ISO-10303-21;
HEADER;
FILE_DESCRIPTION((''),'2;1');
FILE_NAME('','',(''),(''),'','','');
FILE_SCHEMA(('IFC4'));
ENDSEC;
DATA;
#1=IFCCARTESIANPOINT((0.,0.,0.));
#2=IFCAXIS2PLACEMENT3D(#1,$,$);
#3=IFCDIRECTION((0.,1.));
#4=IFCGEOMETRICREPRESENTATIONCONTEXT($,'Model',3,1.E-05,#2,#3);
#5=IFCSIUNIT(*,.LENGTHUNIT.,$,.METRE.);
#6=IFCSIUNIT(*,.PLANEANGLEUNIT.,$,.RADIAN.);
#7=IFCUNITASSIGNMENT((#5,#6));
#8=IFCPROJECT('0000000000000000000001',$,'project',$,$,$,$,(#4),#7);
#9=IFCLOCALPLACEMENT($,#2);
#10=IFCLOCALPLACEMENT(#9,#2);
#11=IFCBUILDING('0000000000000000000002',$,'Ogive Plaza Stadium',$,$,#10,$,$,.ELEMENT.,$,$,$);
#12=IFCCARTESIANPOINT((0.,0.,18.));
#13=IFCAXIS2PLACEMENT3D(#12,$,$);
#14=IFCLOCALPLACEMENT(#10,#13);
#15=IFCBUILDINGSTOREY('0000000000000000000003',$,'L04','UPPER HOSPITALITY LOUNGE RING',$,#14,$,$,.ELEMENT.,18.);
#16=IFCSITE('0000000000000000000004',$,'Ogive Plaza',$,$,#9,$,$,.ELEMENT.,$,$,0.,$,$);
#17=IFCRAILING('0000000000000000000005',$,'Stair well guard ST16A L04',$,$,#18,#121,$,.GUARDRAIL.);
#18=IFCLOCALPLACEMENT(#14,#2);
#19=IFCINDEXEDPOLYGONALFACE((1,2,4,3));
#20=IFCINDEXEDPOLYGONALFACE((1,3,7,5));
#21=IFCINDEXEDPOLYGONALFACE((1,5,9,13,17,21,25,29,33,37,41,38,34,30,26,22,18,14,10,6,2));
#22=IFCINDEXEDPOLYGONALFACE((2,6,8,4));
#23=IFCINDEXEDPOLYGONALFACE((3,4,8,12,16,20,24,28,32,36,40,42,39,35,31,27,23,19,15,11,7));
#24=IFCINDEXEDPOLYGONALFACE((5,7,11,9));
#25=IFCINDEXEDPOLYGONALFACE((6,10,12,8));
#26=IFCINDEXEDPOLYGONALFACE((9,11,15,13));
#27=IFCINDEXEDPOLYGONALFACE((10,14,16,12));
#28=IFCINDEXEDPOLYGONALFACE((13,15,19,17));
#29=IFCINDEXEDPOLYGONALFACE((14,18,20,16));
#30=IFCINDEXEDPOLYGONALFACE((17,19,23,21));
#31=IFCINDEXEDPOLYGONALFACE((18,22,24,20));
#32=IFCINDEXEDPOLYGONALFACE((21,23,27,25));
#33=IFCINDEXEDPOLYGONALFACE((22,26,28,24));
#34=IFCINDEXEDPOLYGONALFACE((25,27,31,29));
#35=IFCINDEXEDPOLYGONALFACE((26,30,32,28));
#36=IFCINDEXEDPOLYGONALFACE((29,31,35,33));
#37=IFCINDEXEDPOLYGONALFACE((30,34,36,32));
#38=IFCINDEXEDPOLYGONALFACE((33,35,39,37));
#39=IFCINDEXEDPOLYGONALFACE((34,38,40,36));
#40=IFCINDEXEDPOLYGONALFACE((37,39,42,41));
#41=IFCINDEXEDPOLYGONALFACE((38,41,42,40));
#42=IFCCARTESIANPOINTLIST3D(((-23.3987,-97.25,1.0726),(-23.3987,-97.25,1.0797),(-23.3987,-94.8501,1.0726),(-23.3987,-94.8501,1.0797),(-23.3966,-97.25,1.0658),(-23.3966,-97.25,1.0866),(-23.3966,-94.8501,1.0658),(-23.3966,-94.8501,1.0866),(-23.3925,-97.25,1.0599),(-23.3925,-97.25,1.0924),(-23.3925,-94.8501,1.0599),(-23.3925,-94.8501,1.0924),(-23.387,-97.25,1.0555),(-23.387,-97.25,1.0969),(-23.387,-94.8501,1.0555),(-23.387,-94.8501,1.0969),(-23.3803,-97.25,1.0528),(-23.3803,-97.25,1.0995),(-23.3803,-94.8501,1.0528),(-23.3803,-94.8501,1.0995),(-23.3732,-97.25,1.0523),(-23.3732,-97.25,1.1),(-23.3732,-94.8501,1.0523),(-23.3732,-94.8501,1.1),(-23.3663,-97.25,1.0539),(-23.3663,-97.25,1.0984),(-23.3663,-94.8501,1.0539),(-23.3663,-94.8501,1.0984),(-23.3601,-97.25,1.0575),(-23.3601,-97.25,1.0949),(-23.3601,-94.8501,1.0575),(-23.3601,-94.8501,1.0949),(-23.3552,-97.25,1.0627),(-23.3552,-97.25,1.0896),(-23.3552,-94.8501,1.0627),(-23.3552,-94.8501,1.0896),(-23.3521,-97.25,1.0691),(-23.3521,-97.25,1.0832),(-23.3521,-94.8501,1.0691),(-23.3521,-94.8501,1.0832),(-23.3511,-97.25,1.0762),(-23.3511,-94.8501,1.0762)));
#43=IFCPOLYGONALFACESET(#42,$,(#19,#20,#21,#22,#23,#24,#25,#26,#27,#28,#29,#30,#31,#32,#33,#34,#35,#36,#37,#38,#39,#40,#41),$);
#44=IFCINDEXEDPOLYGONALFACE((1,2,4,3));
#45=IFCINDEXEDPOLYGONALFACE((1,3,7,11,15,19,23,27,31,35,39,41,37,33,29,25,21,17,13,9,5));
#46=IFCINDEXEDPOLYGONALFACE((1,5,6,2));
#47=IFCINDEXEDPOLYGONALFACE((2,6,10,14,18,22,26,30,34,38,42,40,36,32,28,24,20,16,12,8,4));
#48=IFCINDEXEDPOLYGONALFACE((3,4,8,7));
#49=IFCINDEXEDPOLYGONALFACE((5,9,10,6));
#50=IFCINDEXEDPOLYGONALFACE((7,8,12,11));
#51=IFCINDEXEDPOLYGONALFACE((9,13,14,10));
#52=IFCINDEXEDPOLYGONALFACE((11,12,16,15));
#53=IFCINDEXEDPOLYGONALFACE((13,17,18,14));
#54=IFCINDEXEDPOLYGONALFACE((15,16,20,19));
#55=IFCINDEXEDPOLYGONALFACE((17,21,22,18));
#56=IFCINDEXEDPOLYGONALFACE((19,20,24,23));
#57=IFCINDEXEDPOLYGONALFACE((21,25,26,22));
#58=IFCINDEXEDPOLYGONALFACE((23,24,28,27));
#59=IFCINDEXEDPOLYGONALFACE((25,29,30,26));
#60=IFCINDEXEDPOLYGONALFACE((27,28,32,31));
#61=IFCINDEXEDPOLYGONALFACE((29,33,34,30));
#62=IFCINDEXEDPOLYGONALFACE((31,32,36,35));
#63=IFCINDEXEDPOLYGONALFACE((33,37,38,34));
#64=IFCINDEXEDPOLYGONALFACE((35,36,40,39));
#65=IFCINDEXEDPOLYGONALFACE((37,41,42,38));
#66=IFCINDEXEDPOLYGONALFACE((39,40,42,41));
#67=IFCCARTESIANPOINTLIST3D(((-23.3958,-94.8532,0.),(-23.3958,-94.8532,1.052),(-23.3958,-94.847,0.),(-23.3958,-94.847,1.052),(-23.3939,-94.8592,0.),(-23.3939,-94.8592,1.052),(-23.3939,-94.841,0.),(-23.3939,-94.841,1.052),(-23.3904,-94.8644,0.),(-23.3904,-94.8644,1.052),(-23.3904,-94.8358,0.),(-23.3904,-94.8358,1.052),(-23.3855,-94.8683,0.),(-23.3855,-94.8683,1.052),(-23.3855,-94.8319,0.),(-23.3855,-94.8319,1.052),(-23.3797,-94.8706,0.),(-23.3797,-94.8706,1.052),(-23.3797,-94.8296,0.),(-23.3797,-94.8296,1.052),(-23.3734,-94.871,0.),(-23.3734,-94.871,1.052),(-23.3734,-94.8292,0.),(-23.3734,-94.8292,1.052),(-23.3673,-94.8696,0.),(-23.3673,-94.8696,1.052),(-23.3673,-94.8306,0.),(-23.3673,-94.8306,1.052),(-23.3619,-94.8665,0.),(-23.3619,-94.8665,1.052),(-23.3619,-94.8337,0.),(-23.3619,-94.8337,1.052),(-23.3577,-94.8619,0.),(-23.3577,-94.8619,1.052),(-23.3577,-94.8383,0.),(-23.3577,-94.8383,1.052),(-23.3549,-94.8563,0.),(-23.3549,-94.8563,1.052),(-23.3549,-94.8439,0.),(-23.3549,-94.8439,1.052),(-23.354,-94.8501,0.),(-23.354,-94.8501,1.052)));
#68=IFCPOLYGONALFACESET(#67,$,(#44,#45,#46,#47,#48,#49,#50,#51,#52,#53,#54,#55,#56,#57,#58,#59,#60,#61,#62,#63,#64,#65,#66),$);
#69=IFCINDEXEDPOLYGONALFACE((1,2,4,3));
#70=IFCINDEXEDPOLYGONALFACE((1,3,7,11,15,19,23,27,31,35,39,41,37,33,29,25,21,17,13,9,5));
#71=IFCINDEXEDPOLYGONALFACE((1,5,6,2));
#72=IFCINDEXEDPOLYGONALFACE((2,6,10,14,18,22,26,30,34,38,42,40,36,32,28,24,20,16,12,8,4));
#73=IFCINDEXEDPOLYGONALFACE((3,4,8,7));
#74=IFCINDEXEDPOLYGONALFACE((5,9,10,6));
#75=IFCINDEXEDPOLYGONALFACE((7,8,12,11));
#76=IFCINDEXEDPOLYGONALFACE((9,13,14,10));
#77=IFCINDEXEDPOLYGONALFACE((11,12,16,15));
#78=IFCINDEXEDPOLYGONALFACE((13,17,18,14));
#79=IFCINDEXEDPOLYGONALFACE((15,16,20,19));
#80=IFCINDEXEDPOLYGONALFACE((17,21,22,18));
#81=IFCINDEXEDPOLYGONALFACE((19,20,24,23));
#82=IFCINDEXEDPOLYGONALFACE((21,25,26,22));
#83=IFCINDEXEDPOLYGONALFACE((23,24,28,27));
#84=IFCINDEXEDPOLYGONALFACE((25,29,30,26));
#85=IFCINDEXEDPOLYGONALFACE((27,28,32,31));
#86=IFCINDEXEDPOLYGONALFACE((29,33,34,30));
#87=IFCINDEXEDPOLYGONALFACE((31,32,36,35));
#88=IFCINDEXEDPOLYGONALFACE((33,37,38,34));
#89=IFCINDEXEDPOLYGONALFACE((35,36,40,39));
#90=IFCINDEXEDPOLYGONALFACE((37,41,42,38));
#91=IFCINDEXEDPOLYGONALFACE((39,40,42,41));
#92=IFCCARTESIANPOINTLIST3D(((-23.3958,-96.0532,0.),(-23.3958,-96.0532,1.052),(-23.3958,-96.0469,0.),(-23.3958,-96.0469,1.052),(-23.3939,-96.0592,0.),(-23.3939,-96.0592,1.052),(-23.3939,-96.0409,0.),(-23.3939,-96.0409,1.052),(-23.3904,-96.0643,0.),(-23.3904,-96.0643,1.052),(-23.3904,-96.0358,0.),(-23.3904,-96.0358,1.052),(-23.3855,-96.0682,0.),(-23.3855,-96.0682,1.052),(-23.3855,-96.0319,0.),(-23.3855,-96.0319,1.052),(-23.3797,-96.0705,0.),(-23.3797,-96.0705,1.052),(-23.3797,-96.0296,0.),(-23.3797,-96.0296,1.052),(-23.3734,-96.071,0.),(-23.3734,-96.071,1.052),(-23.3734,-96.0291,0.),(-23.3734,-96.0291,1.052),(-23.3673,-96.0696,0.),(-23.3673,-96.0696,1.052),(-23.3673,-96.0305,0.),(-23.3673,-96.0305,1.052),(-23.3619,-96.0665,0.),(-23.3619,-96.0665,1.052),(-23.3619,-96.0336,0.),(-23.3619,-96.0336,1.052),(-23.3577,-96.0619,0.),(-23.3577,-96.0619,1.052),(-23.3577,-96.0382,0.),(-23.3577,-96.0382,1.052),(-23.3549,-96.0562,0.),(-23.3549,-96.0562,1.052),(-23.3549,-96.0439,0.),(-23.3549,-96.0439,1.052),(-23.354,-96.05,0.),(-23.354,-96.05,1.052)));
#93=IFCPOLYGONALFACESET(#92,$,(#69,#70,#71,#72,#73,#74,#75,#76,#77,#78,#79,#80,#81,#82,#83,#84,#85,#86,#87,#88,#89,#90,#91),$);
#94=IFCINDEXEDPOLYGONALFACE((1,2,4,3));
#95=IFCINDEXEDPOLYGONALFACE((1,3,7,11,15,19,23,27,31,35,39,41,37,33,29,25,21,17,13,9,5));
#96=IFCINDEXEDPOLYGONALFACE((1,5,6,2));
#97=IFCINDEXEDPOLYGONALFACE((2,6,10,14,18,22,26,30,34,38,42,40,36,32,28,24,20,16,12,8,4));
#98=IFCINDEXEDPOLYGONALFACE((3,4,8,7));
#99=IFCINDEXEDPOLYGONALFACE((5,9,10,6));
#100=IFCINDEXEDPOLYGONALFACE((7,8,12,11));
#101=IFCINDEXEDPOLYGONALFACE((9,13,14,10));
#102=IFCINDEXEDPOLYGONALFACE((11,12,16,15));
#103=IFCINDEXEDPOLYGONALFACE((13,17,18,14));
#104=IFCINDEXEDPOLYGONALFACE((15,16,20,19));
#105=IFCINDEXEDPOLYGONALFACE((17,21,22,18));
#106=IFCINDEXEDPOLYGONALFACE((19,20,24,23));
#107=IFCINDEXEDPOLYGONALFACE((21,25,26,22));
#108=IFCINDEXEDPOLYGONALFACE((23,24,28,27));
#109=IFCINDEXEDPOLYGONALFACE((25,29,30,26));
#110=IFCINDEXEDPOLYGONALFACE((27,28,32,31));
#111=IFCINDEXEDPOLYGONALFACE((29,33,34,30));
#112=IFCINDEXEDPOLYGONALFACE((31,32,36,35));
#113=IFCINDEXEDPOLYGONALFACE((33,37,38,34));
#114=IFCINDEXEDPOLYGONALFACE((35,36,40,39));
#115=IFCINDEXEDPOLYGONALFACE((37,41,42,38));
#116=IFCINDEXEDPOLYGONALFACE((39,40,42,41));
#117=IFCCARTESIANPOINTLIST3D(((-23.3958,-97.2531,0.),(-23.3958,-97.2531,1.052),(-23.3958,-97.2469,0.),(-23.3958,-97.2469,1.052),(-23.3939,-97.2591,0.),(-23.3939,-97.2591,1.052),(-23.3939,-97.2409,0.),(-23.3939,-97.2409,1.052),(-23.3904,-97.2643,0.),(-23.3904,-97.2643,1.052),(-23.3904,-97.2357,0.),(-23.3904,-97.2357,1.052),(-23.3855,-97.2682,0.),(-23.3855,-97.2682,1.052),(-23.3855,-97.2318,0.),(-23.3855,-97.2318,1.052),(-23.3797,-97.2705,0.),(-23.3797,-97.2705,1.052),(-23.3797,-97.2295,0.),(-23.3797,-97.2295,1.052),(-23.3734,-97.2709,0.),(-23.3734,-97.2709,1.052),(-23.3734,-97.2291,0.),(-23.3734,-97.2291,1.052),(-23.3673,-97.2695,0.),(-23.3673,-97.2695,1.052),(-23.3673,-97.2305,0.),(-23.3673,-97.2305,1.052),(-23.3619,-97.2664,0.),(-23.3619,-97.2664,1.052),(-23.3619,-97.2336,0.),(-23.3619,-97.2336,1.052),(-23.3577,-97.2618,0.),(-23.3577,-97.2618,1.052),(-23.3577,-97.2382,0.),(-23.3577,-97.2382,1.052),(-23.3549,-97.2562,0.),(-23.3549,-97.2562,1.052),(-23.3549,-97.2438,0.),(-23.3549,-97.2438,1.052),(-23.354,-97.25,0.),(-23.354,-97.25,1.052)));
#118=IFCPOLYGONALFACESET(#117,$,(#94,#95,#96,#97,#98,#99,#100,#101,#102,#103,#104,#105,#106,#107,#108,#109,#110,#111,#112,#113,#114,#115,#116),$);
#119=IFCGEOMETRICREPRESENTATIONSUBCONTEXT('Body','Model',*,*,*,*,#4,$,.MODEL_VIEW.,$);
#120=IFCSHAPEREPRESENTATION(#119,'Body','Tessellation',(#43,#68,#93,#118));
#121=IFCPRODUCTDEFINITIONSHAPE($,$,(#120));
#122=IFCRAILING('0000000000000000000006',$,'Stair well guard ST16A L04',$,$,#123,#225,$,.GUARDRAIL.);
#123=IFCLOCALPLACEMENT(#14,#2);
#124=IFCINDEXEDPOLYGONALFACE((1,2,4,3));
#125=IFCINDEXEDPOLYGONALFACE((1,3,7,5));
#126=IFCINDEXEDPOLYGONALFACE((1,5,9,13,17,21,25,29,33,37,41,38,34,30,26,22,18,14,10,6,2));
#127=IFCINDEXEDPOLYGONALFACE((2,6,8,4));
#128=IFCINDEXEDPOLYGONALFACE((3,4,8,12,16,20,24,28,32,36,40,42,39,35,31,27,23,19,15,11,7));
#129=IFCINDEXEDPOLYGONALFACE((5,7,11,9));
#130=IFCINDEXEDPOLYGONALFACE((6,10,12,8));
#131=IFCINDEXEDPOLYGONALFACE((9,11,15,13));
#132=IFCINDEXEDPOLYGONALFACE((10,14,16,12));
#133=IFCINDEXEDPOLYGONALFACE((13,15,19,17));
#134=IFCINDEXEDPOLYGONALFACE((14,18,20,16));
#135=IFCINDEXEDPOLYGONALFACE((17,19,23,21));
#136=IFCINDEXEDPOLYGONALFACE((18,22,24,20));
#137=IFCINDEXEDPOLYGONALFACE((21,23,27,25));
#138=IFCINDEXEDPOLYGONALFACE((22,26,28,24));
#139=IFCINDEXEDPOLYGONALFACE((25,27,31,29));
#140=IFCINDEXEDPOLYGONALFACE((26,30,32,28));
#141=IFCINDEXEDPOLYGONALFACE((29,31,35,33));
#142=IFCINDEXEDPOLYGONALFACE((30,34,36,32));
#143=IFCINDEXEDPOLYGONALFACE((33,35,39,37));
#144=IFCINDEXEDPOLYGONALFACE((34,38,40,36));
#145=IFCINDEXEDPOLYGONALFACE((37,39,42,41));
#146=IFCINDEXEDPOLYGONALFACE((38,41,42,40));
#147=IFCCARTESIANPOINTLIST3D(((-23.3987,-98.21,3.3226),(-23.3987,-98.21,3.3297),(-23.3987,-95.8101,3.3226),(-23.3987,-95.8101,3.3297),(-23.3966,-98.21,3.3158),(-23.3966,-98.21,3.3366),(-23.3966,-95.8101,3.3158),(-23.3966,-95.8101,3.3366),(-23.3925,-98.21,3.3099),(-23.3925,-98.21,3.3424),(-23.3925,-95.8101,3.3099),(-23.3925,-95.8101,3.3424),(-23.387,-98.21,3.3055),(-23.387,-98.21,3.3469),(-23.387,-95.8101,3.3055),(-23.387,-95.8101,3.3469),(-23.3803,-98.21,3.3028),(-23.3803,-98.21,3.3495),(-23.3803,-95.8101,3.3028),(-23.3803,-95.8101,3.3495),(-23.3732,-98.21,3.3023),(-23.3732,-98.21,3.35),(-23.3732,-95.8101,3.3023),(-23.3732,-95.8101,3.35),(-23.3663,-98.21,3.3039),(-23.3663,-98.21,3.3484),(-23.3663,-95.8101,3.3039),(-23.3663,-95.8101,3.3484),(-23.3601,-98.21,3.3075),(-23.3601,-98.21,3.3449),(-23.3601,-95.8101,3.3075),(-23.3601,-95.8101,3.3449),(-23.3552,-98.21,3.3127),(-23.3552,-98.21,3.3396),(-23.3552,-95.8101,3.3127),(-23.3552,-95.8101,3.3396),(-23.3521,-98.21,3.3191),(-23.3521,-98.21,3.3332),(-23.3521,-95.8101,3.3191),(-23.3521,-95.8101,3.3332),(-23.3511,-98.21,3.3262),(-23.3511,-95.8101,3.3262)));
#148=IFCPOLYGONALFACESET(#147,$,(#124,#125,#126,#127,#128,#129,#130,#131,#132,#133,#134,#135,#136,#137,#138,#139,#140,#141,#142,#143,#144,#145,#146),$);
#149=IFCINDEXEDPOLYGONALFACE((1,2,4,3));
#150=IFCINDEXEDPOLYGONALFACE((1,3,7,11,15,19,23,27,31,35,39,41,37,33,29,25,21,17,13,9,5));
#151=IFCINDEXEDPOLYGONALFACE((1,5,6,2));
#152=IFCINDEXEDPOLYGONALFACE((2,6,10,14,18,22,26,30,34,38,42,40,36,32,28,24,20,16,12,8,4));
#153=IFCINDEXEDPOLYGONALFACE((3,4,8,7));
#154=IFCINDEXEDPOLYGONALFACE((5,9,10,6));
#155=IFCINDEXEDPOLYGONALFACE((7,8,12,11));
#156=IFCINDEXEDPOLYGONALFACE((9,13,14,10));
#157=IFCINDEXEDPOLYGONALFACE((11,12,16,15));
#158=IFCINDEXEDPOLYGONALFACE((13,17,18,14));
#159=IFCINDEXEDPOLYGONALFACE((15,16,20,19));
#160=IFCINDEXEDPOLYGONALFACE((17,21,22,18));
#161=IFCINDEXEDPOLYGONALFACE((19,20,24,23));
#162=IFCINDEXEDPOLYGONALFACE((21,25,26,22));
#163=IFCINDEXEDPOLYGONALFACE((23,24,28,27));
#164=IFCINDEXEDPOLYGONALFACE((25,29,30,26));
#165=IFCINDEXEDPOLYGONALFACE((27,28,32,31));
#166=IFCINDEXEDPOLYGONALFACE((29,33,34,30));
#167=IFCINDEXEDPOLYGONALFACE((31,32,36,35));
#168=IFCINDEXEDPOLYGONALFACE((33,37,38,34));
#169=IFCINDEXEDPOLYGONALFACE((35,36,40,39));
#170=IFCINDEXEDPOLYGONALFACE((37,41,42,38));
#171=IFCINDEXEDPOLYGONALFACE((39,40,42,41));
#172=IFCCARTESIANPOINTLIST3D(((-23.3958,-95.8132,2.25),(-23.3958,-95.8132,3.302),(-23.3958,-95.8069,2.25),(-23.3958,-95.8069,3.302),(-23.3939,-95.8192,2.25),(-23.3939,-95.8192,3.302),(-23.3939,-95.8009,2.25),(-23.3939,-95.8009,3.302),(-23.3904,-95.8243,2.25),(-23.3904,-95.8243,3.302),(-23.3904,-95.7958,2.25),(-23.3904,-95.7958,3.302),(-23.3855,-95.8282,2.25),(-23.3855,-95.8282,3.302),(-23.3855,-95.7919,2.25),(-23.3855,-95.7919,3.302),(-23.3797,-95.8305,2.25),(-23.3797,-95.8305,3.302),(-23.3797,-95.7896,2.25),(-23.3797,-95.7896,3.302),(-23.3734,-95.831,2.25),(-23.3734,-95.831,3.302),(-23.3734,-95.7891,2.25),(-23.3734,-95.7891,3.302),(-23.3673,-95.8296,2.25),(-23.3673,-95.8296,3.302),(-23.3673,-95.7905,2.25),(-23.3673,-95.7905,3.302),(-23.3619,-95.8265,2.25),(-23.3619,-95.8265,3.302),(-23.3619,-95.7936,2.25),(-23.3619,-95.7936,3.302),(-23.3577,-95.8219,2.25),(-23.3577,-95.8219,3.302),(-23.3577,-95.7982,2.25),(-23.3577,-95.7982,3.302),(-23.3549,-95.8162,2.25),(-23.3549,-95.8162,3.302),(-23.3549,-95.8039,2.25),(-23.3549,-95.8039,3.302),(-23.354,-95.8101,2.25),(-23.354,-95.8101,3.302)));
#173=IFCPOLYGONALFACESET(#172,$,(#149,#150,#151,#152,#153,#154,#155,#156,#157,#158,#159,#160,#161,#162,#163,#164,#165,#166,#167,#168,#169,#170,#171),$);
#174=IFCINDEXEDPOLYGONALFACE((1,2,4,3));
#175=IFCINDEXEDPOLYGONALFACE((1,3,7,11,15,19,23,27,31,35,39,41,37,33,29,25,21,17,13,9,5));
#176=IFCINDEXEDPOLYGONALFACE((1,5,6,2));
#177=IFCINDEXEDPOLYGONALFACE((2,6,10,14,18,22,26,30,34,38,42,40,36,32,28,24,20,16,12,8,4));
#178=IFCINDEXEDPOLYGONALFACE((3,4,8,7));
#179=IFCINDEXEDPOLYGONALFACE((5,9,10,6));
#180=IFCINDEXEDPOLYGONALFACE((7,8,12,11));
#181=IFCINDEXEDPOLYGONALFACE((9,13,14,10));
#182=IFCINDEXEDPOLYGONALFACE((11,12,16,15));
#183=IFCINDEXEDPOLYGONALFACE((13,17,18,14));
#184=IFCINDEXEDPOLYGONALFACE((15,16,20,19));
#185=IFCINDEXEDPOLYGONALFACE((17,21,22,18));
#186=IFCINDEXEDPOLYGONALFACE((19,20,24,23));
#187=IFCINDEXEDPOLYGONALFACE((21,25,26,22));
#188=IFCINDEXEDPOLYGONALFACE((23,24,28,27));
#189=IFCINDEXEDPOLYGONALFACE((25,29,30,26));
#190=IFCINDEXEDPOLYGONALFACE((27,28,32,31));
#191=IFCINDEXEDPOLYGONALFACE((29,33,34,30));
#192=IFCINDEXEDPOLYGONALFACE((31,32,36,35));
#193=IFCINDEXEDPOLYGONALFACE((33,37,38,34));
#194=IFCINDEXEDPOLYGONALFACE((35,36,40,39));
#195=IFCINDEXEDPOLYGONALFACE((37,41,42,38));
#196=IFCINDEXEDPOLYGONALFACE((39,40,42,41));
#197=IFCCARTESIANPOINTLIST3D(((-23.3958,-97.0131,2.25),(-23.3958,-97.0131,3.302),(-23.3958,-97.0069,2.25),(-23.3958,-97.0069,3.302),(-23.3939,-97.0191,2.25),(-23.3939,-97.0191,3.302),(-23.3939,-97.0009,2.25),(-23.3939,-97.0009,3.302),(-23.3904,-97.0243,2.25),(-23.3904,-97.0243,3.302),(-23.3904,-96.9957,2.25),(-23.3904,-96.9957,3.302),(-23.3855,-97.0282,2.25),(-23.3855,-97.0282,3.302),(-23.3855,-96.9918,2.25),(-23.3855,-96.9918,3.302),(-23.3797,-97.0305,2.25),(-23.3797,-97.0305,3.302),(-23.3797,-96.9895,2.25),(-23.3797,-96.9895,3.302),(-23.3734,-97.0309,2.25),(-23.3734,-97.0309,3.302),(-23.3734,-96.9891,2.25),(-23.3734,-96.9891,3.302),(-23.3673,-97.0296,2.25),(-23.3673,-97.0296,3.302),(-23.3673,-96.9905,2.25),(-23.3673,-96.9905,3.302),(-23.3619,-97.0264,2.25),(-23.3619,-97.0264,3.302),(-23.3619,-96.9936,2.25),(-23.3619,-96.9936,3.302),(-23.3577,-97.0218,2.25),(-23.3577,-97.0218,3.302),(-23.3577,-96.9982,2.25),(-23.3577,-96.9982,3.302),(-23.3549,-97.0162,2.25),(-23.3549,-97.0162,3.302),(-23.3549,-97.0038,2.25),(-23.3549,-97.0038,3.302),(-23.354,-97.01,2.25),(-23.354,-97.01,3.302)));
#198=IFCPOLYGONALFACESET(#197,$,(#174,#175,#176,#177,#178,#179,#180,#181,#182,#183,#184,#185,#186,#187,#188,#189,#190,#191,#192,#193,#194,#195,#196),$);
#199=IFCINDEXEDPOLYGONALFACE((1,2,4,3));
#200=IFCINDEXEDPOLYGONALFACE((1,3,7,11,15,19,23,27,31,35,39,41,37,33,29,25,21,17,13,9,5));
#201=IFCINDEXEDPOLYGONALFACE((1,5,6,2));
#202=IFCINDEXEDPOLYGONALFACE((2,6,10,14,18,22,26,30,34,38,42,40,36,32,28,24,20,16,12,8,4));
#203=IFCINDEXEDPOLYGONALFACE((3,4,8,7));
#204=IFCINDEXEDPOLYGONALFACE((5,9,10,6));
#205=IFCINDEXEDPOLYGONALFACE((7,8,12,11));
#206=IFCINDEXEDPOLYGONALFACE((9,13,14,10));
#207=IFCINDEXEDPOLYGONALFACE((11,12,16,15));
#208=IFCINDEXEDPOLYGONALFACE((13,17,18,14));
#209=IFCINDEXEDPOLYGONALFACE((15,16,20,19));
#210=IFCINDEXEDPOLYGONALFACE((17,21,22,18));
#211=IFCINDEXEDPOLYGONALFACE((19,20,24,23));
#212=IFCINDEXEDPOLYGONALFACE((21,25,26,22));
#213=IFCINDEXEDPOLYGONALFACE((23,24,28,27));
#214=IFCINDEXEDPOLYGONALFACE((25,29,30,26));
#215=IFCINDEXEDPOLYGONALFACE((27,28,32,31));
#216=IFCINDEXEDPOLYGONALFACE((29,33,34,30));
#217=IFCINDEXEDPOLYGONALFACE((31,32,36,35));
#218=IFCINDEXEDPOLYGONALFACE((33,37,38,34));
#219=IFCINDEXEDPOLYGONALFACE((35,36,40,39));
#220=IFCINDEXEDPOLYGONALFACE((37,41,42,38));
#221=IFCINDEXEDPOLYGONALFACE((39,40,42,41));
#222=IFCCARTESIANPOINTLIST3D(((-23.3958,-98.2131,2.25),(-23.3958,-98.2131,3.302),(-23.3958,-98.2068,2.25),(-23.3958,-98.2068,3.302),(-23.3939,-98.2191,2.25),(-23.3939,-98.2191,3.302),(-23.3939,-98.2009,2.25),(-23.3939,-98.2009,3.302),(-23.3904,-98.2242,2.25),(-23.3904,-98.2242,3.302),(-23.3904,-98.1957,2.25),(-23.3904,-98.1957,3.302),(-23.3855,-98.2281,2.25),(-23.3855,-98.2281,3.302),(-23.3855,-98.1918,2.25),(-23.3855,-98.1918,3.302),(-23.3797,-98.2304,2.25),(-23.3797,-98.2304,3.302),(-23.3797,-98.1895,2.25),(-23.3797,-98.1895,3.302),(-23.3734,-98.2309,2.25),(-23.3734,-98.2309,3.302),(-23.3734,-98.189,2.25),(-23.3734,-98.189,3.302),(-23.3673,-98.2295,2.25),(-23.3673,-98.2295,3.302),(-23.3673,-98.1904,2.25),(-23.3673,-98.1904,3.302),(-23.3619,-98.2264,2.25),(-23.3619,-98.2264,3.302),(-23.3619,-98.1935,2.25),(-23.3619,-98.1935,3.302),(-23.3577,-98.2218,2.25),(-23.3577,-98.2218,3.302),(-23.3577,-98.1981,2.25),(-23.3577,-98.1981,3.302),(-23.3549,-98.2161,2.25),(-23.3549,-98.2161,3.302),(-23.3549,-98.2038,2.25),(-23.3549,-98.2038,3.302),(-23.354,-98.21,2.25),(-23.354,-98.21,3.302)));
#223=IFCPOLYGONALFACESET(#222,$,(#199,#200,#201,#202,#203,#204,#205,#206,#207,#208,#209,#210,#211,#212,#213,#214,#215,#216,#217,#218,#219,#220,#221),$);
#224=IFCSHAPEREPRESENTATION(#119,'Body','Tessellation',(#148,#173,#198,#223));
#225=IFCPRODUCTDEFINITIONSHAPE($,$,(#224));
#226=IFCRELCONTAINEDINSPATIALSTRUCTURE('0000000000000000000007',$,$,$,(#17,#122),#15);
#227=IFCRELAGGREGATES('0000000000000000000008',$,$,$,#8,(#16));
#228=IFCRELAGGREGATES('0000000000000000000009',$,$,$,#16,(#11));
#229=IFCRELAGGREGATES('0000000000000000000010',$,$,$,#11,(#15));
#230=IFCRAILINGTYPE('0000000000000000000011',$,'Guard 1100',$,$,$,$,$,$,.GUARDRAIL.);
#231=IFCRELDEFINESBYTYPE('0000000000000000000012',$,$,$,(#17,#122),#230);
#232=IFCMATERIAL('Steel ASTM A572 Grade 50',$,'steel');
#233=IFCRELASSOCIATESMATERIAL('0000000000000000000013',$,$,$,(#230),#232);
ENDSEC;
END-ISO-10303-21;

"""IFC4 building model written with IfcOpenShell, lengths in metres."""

from ifc_helpers import new_model, si_unit, direction, frame, origin, origin_2d, place, context, subcontext, project, spatial, circle, extrude, material, type_object, element, save


model = new_model("IFC4")

# Units and contexts
model_context = context("Model", 3, precision=1e-05, world=origin(), true_north=direction((0.0, 1.0)))
body_context = subcontext(model_context, "Body", "Model", "MODEL_VIEW")
ifc_project = project(units=[si_unit("LENGTHUNIT", "METRE"), si_unit("PLANEANGLEUNIT", "RADIAN")], contexts=[model_context])

# Site, building, storey
site_placement = place(None, origin())
site = spatial("IfcSite", under=ifc_project, at=site_placement, Name="Ogive Plaza", CompositionType="ELEMENT", RefElevation=0.0)
building_placement = place(site_placement, origin())
building = spatial("IfcBuilding", under=site, at=building_placement, Name="Ogive Plaza Stadium", CompositionType="ELEMENT")
storey_placement = place(building_placement, frame((0.0, 0.0, 18.0)))
storey = spatial("IfcBuildingStorey", under=building, at=storey_placement, Name="L04", Description="UPPER HOSPITALITY LOUNGE RING", CompositionType="ELEMENT", Elevation=18.0)

# Railings
ifc_material_1 = material(Name="Steel ASTM A572 Grade 50", Category="steel")
railing_type_1 = type_object("IfcRailingType", Name="Guard 1100", PredefinedType="GUARDRAIL", material=ifc_material_1)
for number, where, name in (
    (1, (-23.375, -94.8501, 0.0), "Stair well guard ST16A L04"),
    (2, (-23.375, -95.8101, 2.25), "Stair well guard ST16A L04"),
):
    element("IfcRailing", number, at=place(storey_placement, frame(where)), inside=storey, type_object=railing_type_1, Name=name, PredefinedType="GUARDRAIL", context=body_context, shape_type="SweptSolid", body=[
        extrude(circle(Radius=0.0239, at=origin_2d()), frame((0.0, 0.0, 1.0762), z_axis=(0.0, -1.0, 0.0), x_axis=(1.0, 0.0, 0.0)), (0.0, 0.0, 1.0), 2.3999),
        extrude(circle(Radius=0.021, at=origin_2d()), origin(), (0.0, 0.0, 1.0), 1.052),
        extrude(circle(Radius=0.021, at=origin_2d()), frame((0.0, -1.2, 0.0)), (0.0, 0.0, 1.0), 1.052),
        extrude(circle(Radius=0.021, at=origin_2d()), frame((0.0, -2.3999, 0.0)), (0.0, 0.0, 1.0), 1.052),
    ])

save(model, "model.ifc")
